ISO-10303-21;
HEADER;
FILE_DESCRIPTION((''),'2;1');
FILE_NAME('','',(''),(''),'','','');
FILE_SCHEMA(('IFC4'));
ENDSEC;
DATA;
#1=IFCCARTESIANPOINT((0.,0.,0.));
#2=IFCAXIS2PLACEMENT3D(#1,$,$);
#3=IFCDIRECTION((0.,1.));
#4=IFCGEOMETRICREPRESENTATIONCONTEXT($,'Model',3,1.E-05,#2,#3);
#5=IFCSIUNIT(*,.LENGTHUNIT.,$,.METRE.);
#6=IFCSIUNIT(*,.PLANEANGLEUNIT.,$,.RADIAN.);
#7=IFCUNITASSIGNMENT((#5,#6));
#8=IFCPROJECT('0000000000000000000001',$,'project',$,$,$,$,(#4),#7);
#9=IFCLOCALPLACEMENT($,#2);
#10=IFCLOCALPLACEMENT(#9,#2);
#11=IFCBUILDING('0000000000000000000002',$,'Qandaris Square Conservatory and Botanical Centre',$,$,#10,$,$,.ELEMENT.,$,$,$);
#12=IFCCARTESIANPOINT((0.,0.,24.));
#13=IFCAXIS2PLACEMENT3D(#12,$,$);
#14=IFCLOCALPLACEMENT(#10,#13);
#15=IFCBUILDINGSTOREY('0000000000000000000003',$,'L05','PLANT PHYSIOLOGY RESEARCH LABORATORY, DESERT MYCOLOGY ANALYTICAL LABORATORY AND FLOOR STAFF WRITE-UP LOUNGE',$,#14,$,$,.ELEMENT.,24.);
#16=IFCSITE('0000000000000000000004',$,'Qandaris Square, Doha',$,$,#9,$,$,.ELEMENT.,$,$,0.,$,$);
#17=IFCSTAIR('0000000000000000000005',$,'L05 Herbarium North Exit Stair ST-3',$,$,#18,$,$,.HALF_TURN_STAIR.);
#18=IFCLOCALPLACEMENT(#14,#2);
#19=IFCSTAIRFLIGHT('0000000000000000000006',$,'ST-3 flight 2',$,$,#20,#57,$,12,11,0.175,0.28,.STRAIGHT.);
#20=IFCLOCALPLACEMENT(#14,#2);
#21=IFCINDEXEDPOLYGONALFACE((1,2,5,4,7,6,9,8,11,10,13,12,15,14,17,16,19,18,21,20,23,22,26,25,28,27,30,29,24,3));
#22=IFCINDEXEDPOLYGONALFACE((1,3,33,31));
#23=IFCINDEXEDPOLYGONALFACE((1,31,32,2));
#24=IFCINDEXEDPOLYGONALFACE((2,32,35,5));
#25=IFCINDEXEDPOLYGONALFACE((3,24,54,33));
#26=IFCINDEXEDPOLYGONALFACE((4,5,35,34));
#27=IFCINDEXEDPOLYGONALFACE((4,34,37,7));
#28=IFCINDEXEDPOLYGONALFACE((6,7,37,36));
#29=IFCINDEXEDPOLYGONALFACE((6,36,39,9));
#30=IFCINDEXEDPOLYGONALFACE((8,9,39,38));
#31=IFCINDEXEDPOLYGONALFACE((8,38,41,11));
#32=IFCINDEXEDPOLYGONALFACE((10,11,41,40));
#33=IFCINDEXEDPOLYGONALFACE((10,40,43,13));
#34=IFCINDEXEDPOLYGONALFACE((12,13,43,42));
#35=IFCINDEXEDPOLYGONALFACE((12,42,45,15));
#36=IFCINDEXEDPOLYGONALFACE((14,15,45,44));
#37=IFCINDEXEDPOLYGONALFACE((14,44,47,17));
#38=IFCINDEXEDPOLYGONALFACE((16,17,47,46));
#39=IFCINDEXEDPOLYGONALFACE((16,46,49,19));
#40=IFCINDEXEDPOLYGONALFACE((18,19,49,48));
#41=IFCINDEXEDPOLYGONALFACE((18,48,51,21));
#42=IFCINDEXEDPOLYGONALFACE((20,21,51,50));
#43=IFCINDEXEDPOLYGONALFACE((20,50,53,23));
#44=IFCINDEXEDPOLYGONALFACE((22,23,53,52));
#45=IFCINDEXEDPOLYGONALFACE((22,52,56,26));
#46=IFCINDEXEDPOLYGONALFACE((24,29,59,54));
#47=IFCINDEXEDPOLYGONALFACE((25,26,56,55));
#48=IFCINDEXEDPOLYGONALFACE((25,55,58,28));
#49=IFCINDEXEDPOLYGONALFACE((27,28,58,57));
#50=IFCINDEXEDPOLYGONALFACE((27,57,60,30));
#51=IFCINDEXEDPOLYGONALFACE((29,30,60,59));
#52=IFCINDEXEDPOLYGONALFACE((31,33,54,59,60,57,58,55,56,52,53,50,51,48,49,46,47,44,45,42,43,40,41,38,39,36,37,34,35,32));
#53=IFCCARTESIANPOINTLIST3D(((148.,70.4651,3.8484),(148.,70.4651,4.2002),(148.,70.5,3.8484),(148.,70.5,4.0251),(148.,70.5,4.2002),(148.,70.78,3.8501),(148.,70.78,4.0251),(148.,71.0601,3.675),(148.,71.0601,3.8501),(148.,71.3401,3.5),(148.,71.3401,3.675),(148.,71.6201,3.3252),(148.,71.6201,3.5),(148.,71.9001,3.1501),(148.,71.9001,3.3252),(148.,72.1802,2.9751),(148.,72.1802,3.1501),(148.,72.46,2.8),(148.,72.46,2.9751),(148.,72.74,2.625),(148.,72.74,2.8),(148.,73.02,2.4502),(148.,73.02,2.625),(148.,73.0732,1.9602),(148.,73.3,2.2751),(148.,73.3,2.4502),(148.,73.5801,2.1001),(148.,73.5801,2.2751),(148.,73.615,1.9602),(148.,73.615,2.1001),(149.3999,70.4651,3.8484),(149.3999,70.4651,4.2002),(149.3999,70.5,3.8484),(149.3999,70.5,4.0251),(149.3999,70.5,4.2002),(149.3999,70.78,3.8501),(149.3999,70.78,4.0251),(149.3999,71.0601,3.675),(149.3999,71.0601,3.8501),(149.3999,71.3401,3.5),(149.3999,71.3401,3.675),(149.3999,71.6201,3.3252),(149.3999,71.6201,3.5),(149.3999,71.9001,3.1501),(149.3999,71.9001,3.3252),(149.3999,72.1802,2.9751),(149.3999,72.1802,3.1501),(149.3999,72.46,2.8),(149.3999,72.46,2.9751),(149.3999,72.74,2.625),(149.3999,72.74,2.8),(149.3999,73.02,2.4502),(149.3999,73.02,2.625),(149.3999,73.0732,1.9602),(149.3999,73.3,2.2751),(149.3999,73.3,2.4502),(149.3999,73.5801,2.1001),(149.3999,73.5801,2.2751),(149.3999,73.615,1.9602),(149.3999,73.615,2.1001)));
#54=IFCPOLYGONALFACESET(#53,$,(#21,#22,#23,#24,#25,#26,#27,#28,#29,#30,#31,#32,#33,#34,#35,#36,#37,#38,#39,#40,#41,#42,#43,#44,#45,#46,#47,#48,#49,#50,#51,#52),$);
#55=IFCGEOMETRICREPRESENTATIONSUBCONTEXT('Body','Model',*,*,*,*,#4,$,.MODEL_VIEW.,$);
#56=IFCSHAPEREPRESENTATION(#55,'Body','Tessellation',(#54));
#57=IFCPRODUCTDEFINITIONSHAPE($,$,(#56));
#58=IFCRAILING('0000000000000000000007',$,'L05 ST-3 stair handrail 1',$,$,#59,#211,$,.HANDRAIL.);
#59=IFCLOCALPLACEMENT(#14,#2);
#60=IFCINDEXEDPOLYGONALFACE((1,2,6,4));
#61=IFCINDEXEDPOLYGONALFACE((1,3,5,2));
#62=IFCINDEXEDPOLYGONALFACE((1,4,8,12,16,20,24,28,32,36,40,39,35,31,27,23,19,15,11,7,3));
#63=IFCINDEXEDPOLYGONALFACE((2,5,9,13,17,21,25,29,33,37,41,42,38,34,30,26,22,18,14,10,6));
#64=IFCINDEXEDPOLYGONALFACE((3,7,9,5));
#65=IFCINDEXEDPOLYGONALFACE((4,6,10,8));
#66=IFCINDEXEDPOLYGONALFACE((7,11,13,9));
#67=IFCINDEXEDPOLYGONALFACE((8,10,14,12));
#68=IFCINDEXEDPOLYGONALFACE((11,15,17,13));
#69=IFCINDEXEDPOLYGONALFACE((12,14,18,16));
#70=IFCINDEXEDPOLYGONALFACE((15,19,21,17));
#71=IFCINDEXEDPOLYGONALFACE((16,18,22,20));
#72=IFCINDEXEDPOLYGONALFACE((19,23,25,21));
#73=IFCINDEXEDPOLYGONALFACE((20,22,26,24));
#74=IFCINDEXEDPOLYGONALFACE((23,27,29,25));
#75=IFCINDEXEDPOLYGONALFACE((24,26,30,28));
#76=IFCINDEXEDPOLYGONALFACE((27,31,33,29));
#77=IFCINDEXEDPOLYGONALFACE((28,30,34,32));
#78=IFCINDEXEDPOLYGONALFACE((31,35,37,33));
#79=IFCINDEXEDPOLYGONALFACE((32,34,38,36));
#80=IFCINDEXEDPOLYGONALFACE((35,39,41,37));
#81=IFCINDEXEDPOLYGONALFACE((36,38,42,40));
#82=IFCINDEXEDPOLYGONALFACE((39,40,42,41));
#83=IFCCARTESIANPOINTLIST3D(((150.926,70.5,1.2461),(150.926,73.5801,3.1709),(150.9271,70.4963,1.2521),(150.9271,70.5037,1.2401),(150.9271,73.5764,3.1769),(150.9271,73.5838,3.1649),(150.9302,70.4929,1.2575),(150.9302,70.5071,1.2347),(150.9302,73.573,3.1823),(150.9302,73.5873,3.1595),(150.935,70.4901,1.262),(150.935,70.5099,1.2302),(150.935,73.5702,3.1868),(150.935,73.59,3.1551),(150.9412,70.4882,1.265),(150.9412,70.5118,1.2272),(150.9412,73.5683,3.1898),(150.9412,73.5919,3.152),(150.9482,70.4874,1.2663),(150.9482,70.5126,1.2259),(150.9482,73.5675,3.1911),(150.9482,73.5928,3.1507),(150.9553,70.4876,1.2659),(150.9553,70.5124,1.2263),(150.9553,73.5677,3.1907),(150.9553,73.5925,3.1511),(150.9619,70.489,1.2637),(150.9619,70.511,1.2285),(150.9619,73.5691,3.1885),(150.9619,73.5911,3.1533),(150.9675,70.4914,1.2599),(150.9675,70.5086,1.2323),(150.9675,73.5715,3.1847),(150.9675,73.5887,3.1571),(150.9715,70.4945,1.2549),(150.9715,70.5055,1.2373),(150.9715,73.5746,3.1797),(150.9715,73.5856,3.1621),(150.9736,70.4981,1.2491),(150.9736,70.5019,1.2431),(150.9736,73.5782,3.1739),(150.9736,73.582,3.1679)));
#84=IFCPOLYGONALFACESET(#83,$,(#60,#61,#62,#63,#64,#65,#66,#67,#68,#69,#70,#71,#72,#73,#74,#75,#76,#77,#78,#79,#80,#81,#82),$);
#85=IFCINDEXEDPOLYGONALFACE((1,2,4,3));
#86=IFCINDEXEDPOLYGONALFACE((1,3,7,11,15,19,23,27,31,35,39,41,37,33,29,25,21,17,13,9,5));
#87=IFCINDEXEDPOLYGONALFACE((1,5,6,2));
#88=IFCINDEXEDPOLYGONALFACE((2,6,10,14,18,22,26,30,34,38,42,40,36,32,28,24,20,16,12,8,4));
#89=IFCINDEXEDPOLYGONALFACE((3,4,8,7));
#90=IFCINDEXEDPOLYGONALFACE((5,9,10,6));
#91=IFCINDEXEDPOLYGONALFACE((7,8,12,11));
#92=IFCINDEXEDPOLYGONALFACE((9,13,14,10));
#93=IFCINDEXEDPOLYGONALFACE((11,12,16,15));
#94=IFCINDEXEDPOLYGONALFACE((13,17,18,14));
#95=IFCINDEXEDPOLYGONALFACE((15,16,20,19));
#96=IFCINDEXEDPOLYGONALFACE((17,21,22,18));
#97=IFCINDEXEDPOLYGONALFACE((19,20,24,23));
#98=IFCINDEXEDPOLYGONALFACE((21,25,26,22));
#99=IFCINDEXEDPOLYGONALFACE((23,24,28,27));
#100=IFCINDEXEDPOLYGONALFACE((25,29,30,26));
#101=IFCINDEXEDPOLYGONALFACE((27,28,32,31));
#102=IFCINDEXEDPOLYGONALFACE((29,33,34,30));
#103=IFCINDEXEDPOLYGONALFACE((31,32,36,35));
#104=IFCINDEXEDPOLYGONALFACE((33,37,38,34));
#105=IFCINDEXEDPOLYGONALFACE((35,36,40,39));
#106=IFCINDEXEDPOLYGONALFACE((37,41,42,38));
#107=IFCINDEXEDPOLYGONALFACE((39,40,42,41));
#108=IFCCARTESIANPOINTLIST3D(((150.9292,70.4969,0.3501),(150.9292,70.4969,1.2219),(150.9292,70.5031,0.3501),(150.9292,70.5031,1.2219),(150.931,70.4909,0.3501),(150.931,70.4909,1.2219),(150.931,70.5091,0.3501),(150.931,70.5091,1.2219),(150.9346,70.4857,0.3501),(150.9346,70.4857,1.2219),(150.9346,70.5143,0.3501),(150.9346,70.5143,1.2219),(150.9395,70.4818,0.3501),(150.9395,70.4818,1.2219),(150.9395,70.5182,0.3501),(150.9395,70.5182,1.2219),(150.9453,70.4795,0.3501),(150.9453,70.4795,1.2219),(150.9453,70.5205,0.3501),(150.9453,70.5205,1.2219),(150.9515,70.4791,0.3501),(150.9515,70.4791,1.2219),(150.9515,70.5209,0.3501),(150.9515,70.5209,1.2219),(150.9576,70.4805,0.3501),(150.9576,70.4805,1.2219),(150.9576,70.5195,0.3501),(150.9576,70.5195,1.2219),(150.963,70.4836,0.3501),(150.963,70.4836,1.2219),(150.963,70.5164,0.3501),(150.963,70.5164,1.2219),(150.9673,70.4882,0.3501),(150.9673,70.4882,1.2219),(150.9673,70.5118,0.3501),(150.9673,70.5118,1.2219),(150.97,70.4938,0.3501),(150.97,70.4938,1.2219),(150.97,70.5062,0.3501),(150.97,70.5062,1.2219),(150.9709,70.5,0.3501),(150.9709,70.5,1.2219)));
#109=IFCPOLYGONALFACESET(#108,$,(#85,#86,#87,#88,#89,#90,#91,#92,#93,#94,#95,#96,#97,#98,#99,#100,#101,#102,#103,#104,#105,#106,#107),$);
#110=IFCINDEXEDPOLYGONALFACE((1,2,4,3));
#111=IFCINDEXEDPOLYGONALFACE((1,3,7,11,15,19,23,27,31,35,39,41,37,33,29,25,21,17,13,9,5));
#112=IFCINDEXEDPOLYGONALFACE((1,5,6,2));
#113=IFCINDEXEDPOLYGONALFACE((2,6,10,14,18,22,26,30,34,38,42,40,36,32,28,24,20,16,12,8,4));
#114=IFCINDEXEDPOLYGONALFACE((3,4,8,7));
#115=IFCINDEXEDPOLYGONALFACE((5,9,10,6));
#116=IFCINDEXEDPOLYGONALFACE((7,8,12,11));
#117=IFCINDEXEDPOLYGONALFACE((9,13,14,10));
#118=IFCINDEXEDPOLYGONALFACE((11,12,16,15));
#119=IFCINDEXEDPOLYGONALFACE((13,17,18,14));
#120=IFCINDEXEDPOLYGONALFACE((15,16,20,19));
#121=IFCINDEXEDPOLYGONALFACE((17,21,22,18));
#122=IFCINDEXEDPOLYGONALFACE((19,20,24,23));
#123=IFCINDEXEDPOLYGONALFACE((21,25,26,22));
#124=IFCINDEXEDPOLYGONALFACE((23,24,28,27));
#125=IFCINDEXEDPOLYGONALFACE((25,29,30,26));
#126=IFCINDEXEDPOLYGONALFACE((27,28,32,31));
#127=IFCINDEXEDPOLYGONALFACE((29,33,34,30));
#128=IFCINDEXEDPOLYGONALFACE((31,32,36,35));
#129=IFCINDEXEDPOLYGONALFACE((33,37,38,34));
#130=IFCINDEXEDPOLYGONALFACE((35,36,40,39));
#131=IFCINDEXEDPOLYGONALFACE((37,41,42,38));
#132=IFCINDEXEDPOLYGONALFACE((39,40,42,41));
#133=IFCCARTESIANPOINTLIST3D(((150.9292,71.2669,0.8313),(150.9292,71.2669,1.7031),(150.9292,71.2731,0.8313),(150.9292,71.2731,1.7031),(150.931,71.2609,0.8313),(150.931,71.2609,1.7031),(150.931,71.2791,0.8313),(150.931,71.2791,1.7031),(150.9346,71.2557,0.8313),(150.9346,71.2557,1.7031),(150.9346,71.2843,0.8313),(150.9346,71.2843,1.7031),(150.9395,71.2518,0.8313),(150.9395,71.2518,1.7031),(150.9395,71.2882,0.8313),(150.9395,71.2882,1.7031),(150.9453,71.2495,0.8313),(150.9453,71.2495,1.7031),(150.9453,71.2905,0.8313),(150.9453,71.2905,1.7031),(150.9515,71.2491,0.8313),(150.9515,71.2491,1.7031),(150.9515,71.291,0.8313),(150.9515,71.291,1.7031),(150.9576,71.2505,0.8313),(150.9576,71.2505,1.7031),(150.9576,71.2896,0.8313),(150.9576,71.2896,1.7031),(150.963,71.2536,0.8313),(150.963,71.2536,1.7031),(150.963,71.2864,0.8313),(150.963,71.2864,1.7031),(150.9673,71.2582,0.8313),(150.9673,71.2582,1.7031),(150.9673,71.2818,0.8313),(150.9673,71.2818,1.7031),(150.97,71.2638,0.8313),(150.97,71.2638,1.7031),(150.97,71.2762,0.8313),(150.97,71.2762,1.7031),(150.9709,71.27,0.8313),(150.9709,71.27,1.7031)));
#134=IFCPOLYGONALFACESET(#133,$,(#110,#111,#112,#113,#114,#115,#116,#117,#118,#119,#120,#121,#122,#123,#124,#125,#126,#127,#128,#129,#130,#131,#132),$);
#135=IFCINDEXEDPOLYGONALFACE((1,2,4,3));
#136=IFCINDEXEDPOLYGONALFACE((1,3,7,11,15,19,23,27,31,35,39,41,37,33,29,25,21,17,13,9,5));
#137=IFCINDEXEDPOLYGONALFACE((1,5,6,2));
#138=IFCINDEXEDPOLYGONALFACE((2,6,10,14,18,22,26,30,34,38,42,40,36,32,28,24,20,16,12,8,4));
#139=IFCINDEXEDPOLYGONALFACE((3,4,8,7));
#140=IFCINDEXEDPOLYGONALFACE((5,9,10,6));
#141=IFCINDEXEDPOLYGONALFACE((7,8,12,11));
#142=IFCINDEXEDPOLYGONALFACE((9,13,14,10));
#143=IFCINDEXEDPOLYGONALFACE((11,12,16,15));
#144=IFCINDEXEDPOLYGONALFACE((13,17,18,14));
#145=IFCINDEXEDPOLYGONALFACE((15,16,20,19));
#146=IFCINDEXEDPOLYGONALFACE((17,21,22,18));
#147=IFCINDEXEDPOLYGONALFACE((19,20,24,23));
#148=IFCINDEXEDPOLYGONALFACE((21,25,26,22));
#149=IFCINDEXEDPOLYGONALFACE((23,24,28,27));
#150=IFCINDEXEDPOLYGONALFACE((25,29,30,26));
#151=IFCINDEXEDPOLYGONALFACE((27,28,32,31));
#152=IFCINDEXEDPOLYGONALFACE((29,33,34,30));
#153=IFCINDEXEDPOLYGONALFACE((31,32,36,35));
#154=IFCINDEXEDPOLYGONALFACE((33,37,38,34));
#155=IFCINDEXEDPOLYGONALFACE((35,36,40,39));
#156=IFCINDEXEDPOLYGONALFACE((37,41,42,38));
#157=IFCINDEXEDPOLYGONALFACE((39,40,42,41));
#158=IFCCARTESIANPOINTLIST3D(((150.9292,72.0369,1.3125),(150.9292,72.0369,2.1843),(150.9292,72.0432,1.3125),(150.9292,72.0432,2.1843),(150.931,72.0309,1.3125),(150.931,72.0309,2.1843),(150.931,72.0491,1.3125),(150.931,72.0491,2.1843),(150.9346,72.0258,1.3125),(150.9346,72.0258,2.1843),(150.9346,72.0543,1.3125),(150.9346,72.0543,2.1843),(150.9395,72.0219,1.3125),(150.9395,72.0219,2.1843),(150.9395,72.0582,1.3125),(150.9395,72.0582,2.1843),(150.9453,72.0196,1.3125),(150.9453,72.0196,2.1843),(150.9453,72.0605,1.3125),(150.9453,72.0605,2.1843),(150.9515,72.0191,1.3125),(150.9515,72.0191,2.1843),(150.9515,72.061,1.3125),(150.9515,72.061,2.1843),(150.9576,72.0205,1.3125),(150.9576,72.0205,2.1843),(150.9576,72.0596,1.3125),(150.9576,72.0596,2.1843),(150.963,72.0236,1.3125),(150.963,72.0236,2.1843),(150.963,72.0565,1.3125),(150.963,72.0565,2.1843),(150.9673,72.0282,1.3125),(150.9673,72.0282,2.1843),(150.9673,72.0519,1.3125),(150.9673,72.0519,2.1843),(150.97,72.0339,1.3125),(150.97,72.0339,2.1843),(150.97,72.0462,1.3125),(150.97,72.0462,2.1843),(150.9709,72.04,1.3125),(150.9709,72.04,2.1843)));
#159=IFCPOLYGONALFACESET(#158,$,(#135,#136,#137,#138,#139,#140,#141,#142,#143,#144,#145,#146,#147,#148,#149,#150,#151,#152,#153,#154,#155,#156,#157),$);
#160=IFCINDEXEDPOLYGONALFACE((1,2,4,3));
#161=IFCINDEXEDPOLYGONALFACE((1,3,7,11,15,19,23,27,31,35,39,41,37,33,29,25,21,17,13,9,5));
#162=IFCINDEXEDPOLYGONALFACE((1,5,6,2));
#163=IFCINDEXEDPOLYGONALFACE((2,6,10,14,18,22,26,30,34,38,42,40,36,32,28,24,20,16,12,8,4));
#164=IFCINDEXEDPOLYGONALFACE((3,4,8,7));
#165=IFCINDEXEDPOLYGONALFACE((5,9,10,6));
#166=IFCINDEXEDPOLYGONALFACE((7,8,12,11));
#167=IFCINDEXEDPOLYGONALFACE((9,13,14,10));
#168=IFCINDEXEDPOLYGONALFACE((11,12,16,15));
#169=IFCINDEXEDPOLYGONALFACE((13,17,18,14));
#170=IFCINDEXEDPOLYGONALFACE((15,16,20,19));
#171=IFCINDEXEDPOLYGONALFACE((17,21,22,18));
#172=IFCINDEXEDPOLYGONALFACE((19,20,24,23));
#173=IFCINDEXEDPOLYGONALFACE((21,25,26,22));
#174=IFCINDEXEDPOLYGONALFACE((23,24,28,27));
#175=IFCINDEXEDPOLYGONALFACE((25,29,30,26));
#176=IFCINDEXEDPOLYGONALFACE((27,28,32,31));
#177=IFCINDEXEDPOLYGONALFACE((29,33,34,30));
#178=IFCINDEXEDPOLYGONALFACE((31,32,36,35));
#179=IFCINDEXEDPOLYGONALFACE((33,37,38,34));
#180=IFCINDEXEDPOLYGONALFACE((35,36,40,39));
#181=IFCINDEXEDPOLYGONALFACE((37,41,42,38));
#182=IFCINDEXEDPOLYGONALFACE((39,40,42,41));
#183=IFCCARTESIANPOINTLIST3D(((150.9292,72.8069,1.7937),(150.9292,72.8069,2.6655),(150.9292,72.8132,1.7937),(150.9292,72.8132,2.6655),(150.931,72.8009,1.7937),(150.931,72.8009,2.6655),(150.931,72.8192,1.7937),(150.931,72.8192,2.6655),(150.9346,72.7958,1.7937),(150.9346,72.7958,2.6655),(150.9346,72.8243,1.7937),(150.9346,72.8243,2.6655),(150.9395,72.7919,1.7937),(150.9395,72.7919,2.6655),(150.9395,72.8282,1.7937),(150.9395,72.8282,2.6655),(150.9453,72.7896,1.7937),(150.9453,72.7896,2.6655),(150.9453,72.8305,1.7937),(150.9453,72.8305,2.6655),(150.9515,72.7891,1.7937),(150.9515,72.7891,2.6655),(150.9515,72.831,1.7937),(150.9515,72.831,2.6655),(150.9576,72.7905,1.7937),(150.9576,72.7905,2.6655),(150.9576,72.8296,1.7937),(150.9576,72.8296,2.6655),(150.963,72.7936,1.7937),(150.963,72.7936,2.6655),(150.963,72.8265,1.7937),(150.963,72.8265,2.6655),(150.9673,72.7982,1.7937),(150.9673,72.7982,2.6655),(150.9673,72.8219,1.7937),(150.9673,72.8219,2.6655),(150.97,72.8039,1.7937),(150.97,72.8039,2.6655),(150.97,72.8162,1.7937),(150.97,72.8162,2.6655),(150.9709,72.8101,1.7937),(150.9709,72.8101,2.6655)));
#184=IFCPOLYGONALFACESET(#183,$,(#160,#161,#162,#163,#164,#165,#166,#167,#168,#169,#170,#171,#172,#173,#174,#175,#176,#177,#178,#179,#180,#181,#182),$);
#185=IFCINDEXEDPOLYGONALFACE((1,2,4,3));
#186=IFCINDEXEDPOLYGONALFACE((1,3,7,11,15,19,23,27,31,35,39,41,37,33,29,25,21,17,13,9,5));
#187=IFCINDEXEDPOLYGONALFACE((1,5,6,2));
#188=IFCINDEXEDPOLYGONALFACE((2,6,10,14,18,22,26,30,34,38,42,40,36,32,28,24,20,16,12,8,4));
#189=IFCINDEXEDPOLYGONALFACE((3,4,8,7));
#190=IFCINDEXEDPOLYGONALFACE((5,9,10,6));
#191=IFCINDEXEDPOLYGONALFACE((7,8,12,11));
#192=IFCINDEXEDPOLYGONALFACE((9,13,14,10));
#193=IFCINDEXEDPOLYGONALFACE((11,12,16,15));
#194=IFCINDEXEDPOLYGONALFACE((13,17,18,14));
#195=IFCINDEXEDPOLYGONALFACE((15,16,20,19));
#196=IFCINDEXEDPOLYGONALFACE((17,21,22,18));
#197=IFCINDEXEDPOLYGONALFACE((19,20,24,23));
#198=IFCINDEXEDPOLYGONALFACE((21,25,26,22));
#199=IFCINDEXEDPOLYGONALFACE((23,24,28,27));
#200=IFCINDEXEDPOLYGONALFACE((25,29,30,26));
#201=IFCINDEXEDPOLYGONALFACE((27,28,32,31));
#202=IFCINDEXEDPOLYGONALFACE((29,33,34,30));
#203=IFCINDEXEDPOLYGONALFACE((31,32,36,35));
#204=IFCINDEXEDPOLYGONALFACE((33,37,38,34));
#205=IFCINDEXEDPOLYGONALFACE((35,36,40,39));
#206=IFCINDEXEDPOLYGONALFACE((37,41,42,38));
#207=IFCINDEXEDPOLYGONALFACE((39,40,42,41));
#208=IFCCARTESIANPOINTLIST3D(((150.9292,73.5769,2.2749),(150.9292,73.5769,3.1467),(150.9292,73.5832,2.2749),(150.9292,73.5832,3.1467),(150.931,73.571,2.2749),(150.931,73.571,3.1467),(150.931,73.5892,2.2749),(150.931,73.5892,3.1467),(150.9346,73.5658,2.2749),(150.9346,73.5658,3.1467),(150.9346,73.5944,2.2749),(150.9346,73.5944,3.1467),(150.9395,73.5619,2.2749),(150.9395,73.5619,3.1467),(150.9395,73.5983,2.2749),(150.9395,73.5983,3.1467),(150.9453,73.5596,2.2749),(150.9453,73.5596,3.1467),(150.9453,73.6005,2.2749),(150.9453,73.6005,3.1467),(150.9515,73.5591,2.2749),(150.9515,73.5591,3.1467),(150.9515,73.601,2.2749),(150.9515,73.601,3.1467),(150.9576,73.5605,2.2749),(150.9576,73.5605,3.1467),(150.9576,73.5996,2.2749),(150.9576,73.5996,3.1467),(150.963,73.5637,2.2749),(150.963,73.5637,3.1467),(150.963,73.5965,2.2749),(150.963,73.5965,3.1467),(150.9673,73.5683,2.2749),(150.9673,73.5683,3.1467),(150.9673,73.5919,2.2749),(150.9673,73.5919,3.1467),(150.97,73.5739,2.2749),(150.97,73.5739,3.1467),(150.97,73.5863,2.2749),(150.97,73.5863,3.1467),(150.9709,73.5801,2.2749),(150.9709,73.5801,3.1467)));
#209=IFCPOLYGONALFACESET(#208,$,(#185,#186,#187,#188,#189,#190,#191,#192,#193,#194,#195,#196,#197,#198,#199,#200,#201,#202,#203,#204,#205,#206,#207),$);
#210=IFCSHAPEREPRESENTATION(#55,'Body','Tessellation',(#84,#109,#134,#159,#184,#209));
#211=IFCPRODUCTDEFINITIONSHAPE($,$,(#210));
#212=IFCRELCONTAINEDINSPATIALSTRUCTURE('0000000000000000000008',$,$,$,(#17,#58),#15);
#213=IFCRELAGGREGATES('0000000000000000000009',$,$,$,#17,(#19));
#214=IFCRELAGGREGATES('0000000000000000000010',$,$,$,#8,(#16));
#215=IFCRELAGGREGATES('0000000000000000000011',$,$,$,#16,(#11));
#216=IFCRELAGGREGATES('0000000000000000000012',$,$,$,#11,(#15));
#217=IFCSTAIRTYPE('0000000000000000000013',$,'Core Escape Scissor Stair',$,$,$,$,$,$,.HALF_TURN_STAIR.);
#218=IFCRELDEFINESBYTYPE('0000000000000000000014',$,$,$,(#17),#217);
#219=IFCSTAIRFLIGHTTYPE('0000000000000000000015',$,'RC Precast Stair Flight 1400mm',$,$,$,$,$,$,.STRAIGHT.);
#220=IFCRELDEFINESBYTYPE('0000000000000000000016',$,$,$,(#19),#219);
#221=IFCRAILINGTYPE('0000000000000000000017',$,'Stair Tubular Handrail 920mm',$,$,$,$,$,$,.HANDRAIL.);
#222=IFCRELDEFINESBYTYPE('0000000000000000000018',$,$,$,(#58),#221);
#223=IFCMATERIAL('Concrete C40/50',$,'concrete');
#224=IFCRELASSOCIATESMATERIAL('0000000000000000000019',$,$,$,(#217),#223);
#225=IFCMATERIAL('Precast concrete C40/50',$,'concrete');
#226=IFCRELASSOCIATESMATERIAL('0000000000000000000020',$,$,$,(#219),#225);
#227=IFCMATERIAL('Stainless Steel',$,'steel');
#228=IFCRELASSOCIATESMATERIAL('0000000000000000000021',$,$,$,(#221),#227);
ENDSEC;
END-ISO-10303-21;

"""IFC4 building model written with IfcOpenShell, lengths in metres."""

from ifc_helpers import new_model, si_unit, direction, frame, origin, origin_2d, place, context, subcontext, project, spatial, polyline, circle, outline, extrude, material, type_object, element, aggregate, save


model = new_model("IFC4")

# Units and contexts
model_context = context("Model", 3, precision=1e-05, world=origin(), true_north=direction((0.0, 1.0)))
body_context = subcontext(model_context, "Body", "Model", "MODEL_VIEW")
ifc_project = project(units=[si_unit("LENGTHUNIT", "METRE"), si_unit("PLANEANGLEUNIT", "RADIAN")], contexts=[model_context])

# Site, building, storey
site_placement = place(None, origin())
site = spatial("IfcSite", under=ifc_project, at=site_placement, Name="Qandaris Square, Doha", CompositionType="ELEMENT", RefElevation=0.0)
building_placement = place(site_placement, origin())
building = spatial("IfcBuilding", under=site, at=building_placement, Name="Qandaris Square Conservatory and Botanical Centre", CompositionType="ELEMENT")
storey_placement = place(building_placement, frame((0.0, 0.0, 24.0)))
storey = spatial("IfcBuildingStorey", under=building, at=storey_placement, Name="L05", Description="PLANT PHYSIOLOGY RESEARCH LABORATORY, DESERT MYCOLOGY ANALYTICAL LABORATORY AND FLOOR STAFF WRITE-UP LOUNGE", CompositionType="ELEMENT", Elevation=24.0)

# Stair, stair flight
ifc_material_1 = material(Name="Concrete C40/50", Category="concrete")
stair_type = type_object("IfcStairType", Name="Core Escape Scissor Stair", PredefinedType="HALF_TURN_STAIR", material=ifc_material_1)
stair_placement = place(storey_placement, origin())
stair = element("IfcStair", 1, at=stair_placement, inside=storey, type_object=stair_type, Name="L05 Herbarium North Exit Stair ST-3", PredefinedType="HALF_TURN_STAIR")
ifc_material_2 = material(Name="Precast concrete C40/50", Category="concrete")
stair_flight_type = type_object("IfcStairFlightType", Name="RC Precast Stair Flight 1400mm", PredefinedType="STRAIGHT", material=ifc_material_2)
stair_flight_1_placement = place(storey_placement, frame((148.7, 73.5801, 2.1001), z_axis=(0.0, 0.0, 1.0), x_axis=(0.0, -1.0, 0.0)))
stair_flight_1 = element("IfcStairFlight", 2, at=stair_flight_1_placement, type_object=stair_flight_type, Name="ST-3 flight 2", NumberOfRisers=12, NumberOfTreads=11, PredefinedType="STRAIGHT", RiserHeight=0.175, TreadLength=0.28, context=body_context, shape_type="SweptSolid", body=[
    extrude(outline(polyline([(-0.0349, 0.0), (0.0, 0.0), (0.0, 0.175), (0.28, 0.175), (0.28, 0.3501), (0.5601, 0.3501), (0.5601, 0.5249), (0.8401, 0.5249), (0.8401, 0.7), (1.1201, 0.7), (1.1201, 0.875), (1.3999, 0.875), (1.3999, 1.05), (1.6799, 1.05), (1.6799, 1.2251), (1.96, 1.2251), (1.96, 1.3999), (2.24, 1.3999), (2.24, 1.575), (2.52, 1.575), (2.52, 1.75), (2.8, 1.75), (2.8, 1.925), (3.0801, 1.925), (3.0801, 2.1001), (3.115, 2.1001), (3.115, 1.7483), (3.0801, 1.7483), (0.5068, -0.1399), (-0.0349, -0.1399), (-0.0349, 0.0)])), frame((0.0, 0.7, 0.0), z_axis=(0.0, -1.0, 0.0), x_axis=(1.0, 0.0, 0.0)), (0.0, 0.0, 1.0), 1.3999),
])
aggregate(stair, [stair_flight_1])

# Railing
ifc_material_3 = material(Name="Stainless Steel", Category="steel")
railing_type_1 = type_object("IfcRailingType", Name="Stair Tubular Handrail 920mm", PredefinedType="HANDRAIL", material=ifc_material_3)
railing_1_placement = place(storey_placement, frame((150.95, 70.5, 0.3501)))
element("IfcRailing", 3, at=railing_1_placement, inside=storey, type_object=railing_type_1, Name="L05 ST-3 stair handrail 1", PredefinedType="HANDRAIL", context=body_context, shape_type="SweptSolid", body=[
    extrude(circle(Radius=0.0239, at=origin_2d()), frame((0.0, 0.0, 0.896), z_axis=(0.0, 0.848029, 0.529951), x_axis=(-1.0, 0.0, 0.0)), (0.0, 0.0, 1.0), 3.6321),
    extrude(circle(Radius=0.021, at=origin_2d()), origin(), (0.0, 0.0, 1.0), 0.8718),
    extrude(circle(Radius=0.021, at=origin_2d()), frame((0.0, 0.77, 0.4812)), (0.0, 0.0, 1.0), 0.8718),
    extrude(circle(Radius=0.021, at=origin_2d()), frame((0.0, 1.54, 0.9624)), (0.0, 0.0, 1.0), 0.8718),
    extrude(circle(Radius=0.021, at=origin_2d()), frame((0.0, 2.3101, 1.4436)), (0.0, 0.0, 1.0), 0.8718),
    extrude(circle(Radius=0.021, at=origin_2d()), frame((0.0, 3.0801, 1.9248)), (0.0, 0.0, 1.0), 0.8718),
])

save(model, "model.ifc")
